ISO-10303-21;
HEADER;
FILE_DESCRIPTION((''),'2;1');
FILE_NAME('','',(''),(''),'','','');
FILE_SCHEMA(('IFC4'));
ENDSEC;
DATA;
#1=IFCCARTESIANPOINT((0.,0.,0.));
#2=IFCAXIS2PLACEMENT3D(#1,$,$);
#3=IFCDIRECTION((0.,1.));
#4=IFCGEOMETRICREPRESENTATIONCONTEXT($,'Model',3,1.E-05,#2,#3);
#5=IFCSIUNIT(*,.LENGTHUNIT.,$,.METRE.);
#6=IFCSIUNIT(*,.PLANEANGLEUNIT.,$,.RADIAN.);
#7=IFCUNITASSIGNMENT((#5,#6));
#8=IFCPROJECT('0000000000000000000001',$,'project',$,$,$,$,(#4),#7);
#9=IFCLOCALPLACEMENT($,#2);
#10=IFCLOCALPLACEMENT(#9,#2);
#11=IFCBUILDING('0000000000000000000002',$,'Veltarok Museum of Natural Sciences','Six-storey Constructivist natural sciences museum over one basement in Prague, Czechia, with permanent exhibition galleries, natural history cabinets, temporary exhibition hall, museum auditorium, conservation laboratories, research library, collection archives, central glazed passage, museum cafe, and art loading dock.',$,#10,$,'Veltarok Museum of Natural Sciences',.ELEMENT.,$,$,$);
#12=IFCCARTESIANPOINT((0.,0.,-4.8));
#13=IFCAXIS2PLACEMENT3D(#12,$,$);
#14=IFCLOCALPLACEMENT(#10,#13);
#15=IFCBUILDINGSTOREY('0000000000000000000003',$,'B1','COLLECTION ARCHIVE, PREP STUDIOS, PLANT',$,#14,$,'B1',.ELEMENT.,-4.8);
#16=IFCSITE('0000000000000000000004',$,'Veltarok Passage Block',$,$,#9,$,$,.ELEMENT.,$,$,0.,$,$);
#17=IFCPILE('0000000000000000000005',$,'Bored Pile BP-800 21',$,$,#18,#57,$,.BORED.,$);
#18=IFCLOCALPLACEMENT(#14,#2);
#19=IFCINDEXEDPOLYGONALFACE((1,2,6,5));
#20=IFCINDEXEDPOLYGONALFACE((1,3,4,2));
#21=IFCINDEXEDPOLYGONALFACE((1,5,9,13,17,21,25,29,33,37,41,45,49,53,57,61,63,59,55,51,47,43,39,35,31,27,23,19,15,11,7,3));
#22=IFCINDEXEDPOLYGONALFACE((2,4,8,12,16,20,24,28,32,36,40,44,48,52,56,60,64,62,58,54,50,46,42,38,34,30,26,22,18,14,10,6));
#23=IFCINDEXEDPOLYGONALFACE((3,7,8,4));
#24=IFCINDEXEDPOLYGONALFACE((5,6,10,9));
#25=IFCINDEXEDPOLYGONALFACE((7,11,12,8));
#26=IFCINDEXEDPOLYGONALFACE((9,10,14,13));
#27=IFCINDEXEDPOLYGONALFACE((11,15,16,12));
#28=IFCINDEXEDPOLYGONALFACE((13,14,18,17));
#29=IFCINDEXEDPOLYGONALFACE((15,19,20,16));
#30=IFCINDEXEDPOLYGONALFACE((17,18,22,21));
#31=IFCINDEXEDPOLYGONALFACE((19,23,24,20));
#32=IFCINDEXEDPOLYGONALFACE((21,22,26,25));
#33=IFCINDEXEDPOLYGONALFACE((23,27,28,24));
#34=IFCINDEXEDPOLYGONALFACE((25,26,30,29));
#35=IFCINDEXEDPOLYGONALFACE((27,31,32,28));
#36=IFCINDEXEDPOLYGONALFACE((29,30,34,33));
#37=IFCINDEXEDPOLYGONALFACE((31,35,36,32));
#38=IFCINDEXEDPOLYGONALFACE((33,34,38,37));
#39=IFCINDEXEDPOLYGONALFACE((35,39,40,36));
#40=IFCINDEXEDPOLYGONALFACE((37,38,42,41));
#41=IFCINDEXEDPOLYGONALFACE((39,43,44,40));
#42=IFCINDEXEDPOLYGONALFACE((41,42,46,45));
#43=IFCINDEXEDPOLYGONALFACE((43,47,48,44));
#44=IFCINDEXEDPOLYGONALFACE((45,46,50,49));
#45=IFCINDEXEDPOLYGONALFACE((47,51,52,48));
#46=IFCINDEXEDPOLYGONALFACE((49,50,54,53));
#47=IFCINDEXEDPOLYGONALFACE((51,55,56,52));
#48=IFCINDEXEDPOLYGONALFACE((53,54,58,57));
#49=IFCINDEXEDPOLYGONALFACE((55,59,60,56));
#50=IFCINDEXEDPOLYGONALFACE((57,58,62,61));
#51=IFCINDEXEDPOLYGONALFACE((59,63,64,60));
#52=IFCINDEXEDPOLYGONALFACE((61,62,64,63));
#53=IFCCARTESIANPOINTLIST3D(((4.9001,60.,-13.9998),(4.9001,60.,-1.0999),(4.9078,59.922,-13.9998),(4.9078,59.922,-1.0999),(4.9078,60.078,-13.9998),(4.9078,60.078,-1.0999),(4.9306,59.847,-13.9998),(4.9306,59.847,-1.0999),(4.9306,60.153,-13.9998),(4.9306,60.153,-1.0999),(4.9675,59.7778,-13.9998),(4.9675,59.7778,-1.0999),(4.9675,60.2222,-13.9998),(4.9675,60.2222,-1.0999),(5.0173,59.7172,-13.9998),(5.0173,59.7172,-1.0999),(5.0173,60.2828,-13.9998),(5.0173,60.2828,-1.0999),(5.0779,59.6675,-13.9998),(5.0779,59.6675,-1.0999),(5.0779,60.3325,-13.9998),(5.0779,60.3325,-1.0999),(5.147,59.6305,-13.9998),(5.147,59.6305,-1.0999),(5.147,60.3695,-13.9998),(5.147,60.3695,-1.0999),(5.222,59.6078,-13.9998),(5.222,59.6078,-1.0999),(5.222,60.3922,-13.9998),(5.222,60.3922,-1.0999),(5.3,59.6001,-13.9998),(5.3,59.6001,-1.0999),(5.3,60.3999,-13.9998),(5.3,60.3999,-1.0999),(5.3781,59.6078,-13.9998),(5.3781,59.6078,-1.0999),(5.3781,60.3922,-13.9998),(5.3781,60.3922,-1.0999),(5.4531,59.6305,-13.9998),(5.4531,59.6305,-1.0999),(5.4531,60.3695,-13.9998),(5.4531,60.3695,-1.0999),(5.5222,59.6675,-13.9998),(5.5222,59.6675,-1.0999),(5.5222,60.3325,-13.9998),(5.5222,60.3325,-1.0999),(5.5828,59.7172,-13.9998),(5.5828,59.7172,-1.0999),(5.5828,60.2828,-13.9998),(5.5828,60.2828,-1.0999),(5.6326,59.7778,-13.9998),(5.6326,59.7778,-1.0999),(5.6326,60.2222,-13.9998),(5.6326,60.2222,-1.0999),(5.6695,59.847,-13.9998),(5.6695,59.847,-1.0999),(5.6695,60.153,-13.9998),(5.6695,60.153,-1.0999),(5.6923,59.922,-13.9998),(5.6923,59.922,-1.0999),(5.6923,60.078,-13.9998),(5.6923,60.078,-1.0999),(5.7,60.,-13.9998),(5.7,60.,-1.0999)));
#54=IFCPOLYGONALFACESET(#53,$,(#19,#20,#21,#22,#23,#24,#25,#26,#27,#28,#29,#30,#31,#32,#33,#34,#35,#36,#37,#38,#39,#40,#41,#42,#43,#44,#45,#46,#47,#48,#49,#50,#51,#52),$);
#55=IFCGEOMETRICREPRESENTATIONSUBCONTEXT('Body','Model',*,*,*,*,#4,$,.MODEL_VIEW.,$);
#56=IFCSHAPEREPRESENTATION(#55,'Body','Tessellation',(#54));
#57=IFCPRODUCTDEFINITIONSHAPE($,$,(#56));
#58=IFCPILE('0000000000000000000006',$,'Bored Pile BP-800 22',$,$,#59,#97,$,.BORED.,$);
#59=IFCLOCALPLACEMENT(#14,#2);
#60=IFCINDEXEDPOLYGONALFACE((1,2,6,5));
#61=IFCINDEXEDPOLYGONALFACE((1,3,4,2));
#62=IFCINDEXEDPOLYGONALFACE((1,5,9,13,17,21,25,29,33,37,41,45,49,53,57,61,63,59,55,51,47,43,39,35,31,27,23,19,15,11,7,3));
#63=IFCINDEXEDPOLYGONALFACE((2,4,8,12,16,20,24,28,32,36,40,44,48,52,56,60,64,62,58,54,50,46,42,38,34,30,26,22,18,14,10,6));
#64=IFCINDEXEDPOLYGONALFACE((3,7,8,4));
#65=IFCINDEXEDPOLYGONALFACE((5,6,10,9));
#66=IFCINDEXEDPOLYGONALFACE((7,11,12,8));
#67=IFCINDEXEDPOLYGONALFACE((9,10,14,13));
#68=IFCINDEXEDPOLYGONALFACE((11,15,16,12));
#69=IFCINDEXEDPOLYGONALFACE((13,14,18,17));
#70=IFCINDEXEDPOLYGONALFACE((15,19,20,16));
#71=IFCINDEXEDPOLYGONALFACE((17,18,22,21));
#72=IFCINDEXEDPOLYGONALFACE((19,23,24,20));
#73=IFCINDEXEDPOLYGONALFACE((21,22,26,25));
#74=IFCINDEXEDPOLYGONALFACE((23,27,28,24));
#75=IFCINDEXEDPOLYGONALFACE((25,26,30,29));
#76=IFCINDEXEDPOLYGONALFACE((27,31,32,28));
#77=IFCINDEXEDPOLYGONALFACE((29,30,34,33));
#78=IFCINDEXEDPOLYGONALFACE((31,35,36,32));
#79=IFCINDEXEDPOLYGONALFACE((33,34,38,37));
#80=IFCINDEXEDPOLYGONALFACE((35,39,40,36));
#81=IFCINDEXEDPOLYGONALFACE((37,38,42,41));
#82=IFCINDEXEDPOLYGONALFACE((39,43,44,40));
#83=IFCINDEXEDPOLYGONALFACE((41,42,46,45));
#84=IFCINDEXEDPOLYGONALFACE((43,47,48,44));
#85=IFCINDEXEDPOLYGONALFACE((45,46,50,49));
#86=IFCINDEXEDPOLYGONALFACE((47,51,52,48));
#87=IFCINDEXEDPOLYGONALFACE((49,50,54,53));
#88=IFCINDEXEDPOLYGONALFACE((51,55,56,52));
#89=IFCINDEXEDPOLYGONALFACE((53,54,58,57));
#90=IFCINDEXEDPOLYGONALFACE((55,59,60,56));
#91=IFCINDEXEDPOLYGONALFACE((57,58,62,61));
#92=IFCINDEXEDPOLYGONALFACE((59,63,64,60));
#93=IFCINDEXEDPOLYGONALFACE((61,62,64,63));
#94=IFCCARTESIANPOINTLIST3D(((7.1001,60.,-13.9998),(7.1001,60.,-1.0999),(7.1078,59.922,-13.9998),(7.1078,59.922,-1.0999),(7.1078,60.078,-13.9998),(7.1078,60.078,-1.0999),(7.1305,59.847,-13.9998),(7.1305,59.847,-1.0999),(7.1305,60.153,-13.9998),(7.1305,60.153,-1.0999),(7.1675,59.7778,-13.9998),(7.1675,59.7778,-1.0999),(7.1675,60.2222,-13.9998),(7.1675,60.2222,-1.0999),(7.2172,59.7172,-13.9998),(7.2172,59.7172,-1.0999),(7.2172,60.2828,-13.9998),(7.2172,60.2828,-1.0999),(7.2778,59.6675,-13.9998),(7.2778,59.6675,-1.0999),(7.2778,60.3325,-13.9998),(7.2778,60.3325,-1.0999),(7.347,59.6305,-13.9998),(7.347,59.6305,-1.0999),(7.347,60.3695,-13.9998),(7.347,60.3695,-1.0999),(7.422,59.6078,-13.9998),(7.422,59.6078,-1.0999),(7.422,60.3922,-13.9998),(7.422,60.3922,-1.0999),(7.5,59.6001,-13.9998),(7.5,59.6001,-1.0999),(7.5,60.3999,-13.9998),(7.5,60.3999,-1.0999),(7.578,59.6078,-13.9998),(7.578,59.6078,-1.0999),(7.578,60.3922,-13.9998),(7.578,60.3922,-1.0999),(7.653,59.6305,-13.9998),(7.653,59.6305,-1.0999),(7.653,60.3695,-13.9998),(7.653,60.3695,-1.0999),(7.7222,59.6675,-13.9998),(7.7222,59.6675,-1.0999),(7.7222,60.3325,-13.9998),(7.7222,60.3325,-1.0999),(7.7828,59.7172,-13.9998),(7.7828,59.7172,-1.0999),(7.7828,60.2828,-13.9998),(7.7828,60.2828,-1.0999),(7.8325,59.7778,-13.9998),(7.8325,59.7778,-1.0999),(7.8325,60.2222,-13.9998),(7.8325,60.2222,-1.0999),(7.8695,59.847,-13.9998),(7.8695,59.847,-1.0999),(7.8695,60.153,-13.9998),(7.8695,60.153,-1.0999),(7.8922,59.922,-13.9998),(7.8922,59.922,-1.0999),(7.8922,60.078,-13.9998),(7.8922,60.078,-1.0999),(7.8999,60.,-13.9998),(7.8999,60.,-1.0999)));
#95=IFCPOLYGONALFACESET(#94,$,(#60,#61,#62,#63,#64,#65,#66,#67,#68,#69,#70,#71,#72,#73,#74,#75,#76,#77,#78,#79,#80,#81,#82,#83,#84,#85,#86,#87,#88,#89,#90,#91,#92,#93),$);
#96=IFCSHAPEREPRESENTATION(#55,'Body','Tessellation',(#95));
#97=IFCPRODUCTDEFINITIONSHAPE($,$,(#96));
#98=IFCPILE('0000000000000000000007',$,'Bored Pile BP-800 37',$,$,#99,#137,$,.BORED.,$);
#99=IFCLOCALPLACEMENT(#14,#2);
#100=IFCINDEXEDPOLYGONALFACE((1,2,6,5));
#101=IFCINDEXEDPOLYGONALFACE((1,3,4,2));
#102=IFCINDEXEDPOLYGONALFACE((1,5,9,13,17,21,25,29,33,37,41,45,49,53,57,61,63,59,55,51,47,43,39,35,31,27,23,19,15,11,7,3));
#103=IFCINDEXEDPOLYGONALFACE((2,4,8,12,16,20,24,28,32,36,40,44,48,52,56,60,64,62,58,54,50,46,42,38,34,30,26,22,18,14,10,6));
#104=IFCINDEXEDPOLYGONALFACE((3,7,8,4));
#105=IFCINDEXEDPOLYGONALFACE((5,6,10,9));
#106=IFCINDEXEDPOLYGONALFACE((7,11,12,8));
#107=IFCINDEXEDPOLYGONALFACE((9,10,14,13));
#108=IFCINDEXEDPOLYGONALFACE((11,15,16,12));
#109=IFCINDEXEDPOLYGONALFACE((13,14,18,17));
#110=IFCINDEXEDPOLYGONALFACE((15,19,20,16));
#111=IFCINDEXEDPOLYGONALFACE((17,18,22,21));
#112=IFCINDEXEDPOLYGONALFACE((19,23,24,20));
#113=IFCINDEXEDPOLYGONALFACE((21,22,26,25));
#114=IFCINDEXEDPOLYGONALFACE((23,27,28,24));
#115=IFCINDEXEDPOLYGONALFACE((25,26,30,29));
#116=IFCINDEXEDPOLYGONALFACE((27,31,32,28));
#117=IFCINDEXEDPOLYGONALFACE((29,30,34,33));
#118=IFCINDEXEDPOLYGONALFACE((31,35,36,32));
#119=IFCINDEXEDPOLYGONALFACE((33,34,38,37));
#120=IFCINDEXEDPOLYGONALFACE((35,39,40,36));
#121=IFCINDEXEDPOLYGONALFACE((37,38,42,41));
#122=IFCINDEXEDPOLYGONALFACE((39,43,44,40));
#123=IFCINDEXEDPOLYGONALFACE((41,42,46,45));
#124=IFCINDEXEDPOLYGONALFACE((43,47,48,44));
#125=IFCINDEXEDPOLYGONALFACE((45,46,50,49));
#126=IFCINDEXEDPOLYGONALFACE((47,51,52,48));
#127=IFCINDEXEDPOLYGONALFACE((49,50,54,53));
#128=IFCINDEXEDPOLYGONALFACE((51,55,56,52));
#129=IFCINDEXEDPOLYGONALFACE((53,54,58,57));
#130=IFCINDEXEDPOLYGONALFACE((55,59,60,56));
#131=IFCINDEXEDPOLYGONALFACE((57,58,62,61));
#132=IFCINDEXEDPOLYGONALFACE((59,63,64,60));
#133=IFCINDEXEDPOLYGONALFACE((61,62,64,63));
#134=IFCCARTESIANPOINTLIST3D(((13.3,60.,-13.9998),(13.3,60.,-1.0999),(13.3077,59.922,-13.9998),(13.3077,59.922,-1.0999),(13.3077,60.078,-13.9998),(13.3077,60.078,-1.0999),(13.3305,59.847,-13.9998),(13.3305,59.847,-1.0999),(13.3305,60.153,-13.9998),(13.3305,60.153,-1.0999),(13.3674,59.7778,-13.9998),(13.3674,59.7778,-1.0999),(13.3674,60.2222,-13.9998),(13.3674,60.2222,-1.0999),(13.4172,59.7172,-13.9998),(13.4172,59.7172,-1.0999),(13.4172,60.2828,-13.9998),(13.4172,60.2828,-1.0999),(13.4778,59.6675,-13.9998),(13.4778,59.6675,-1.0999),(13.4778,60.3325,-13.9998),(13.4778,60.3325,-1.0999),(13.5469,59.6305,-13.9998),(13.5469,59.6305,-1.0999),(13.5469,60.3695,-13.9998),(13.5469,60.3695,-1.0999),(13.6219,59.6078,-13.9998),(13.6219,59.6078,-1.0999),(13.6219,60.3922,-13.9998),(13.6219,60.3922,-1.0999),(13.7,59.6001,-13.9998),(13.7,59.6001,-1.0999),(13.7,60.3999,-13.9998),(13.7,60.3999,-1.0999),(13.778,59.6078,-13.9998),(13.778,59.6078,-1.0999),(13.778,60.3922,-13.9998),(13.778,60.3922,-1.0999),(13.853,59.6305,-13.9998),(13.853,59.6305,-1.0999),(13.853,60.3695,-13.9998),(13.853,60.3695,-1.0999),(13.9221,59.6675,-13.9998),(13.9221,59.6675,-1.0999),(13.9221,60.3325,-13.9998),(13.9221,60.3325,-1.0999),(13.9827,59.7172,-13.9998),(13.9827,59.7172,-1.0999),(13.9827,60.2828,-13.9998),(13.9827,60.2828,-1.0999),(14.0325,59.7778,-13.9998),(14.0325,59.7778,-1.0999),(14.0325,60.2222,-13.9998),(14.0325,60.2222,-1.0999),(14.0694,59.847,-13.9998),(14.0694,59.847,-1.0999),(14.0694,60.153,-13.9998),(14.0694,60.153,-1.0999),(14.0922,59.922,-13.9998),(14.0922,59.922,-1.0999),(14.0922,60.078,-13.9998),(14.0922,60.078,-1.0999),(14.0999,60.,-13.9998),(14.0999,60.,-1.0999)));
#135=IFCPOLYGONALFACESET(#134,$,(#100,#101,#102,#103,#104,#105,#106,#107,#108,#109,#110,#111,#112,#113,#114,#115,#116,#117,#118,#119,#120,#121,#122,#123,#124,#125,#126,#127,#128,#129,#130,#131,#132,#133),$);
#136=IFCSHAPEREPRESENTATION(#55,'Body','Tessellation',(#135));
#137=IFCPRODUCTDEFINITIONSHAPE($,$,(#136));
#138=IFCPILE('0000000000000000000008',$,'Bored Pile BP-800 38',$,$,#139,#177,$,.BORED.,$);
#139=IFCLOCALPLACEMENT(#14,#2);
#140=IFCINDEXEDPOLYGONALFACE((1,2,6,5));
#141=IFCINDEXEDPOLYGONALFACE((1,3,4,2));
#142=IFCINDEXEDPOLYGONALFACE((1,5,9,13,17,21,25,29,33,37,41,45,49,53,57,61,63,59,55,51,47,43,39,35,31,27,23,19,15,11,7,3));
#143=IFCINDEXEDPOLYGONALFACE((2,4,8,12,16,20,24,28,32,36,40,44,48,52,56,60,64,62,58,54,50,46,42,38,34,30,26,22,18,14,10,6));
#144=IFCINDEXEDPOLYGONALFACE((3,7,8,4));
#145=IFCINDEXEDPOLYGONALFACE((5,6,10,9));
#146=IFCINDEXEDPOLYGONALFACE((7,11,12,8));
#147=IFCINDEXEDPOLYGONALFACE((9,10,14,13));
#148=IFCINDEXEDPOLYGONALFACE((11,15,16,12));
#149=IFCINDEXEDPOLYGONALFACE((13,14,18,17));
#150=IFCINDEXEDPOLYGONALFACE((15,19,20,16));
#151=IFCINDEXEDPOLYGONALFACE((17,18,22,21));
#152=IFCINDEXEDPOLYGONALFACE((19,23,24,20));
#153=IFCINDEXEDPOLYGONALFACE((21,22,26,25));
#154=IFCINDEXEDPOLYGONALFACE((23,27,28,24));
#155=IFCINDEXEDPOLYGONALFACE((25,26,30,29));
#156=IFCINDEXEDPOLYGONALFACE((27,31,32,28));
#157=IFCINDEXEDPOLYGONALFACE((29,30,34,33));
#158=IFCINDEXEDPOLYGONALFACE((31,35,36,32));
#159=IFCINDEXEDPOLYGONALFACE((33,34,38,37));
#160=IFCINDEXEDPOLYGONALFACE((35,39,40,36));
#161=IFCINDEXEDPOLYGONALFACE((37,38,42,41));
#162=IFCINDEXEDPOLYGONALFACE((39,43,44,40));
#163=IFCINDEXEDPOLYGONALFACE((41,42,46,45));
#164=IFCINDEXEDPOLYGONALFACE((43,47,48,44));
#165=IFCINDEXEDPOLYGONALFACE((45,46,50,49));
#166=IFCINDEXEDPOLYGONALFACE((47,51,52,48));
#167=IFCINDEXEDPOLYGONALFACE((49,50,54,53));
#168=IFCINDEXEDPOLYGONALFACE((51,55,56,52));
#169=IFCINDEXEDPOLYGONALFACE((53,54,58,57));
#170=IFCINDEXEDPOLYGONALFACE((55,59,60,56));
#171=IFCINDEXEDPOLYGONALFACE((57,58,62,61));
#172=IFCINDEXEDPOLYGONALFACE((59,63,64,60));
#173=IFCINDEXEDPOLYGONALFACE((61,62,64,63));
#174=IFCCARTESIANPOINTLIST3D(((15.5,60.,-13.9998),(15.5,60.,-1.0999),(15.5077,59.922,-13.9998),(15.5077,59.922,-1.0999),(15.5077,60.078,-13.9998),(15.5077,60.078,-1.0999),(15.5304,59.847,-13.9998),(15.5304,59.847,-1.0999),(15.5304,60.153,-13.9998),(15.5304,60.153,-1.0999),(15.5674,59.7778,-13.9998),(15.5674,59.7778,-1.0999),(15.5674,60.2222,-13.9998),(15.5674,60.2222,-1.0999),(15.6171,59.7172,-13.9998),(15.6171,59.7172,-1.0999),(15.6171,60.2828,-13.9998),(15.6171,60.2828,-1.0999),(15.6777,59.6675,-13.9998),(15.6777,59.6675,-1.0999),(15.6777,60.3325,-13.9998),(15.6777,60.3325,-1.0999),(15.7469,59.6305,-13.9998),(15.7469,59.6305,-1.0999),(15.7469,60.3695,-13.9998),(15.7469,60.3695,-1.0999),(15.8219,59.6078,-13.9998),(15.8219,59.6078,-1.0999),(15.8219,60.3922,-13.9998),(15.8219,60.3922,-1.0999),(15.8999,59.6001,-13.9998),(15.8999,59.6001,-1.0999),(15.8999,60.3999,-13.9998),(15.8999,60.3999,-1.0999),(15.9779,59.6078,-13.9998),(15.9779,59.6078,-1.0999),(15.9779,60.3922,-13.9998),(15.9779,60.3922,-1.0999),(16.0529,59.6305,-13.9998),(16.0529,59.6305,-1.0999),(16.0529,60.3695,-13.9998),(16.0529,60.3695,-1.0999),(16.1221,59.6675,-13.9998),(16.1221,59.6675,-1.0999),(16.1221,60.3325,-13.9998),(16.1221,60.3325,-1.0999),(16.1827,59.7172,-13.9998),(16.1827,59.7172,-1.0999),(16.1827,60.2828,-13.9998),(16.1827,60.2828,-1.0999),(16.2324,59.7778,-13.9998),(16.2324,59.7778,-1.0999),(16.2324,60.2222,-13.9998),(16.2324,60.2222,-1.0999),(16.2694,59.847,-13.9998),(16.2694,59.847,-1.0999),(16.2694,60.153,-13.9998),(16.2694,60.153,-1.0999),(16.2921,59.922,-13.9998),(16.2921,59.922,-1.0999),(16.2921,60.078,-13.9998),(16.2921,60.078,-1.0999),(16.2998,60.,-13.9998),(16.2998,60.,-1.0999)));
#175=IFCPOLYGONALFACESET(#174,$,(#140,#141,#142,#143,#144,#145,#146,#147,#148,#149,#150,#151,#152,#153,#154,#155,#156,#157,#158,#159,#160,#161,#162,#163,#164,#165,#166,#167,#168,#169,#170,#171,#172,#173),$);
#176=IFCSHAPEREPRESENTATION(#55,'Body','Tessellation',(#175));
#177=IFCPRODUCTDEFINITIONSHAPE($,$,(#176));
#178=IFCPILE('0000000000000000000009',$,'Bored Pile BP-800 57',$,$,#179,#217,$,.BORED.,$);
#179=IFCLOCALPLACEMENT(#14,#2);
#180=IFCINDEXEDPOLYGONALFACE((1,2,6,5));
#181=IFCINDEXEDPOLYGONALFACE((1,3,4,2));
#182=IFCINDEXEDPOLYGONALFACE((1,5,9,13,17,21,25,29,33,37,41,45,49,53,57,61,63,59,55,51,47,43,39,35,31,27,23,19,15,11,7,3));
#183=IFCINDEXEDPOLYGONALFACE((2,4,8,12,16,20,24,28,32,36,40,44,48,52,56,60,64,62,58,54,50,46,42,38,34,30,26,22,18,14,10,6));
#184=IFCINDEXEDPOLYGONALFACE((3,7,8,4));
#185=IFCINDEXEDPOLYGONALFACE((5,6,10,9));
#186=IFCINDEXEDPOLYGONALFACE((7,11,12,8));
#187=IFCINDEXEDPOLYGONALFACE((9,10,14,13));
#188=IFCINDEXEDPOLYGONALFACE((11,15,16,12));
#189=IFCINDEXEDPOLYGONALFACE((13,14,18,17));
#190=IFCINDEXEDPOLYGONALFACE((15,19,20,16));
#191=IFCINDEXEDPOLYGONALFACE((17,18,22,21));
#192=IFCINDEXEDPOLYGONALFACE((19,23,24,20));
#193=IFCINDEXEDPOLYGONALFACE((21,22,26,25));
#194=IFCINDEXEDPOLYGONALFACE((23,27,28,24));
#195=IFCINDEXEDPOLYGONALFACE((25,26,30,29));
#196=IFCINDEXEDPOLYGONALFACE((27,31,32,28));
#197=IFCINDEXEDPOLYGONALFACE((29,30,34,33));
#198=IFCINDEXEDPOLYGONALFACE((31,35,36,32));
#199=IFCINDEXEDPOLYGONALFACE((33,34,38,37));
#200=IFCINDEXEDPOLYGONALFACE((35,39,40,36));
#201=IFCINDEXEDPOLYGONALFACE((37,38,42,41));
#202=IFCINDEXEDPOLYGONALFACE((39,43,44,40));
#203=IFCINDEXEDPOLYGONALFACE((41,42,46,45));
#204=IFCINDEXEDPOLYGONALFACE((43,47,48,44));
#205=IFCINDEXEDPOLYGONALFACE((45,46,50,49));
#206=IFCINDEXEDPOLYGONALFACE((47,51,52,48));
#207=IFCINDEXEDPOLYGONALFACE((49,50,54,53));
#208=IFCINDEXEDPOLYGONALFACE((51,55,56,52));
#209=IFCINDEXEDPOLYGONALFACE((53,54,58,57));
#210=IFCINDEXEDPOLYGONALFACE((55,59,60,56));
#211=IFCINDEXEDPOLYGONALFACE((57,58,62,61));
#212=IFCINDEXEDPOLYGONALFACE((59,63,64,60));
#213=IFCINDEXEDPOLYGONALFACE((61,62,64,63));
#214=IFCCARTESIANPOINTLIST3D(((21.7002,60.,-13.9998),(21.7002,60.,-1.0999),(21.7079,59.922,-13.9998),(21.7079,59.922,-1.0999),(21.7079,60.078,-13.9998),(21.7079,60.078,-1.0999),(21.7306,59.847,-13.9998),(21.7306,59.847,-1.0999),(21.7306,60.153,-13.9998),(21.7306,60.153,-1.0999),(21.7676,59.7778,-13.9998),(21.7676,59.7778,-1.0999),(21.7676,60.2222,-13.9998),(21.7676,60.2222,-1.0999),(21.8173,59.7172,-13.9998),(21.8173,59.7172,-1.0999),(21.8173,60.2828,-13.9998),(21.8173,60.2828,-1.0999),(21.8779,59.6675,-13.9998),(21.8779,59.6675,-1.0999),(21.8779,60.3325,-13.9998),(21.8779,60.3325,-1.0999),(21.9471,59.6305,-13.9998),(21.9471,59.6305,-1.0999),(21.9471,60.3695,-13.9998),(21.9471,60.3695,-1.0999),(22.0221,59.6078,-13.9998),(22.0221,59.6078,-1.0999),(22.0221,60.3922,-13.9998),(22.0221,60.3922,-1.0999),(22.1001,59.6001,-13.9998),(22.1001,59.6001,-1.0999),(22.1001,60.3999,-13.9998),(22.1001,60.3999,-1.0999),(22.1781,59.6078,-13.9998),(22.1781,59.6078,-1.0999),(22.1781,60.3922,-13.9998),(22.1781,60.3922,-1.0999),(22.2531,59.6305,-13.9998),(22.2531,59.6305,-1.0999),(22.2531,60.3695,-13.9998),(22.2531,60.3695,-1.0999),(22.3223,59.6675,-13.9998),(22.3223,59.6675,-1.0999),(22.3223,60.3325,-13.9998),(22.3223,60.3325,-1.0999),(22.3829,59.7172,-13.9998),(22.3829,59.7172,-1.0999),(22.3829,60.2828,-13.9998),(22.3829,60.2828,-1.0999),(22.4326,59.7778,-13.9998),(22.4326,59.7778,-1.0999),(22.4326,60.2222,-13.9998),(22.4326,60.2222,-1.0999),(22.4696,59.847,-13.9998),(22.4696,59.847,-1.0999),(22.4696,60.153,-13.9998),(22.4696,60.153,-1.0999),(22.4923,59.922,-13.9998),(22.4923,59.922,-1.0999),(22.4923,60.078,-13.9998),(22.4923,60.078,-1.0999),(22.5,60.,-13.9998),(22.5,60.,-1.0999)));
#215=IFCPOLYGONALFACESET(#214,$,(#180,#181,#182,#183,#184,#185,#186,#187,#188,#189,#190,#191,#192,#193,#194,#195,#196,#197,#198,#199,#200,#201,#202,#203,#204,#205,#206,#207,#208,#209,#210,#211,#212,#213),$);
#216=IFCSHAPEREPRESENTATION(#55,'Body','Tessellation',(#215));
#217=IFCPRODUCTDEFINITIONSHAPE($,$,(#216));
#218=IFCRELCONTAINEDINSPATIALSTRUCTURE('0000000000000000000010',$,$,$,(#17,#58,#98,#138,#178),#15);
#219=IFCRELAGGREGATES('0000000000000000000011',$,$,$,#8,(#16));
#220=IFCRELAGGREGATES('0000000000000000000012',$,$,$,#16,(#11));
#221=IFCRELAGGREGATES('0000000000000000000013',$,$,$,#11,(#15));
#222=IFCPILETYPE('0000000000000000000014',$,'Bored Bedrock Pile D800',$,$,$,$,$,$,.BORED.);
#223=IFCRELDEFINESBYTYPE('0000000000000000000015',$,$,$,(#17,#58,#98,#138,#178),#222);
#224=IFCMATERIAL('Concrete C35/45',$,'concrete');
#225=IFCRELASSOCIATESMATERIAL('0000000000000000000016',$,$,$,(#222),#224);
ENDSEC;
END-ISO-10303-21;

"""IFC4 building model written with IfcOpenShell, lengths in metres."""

from ifc_helpers import new_model, si_unit, direction, frame, origin, origin_2d, place, context, subcontext, project, spatial, circle, extrude, material, material_profile, profile_set, type_object, element, save


model = new_model("IFC4")

# Units and contexts
model_context = context("Model", 3, precision=1e-05, world=origin(), true_north=direction((0.0, 1.0)))
body_context = subcontext(model_context, "Body", "Model", "MODEL_VIEW")
ifc_project = project(units=[si_unit("LENGTHUNIT", "METRE"), si_unit("PLANEANGLEUNIT", "RADIAN")], contexts=[model_context])

# Site, building, storey
site_placement = place(None, origin())
site = spatial("IfcSite", under=ifc_project, at=site_placement, Name="Veltarok Passage Block", CompositionType="ELEMENT", RefElevation=0.0)
building_placement = place(site_placement, origin())
building = spatial("IfcBuilding", under=site, at=building_placement, Name="Veltarok Museum of Natural Sciences", Description="Six-storey Constructivist natural sciences museum over one basement in Prague, Czechia, with permanent exhibition galleries, natural history cabinets, temporary exhibition hall, museum auditorium, conservation laboratories, research library, collection archives, central glazed passage, museum cafe, and art loading dock.", LongName="Veltarok Museum of Natural Sciences", CompositionType="ELEMENT")
storey_placement = place(building_placement, frame((0.0, 0.0, -4.8)))
storey = spatial("IfcBuildingStorey", under=building, at=storey_placement, Name="B1", Description="COLLECTION ARCHIVE, PREP STUDIOS, PLANT", LongName="B1", CompositionType="ELEMENT", Elevation=-4.8)

# Piles
ifc_material_1 = material(Name="Concrete C35/45", Category="concrete")
ifc_material_profile_1 = material_profile(ifc_material_1, circle(Radius=0.3999, at=origin_2d()), Name="BP D800")
ifc_profile_set_1 = profile_set([ifc_material_profile_1], Name="Concrete C35/45")
pile_type = type_object("IfcPileType", Name="Bored Bedrock Pile D800", PredefinedType="BORED", material=ifc_profile_set_1)
for number, where, z_axis, x_axis, name in (
    (1, (5.3, 60.0, -1.0999), (0.0, 0.0, -1.0), (1.0, 0.0, 0.0), "Bored Pile BP-800 21"),
    (2, (7.5, 60.0, -1.0999), (0.0, 0.0, -1.0), (1.0, 0.0, 0.0), "Bored Pile BP-800 22"),
    (3, (13.7, 60.0, -1.0999), (0.0, 0.0, -1.0), (1.0, 0.0, 0.0), "Bored Pile BP-800 37"),
    (4, (15.8999, 60.0, -1.0999), (0.0, 0.0, -1.0), (1.0, 0.0, 0.0), "Bored Pile BP-800 38"),
    (5, (22.1001, 60.0, -1.0999), (0.0, 0.0, -1.0), (1.0, 0.0, 0.0), "Bored Pile BP-800 57"),
):
    element("IfcPile", number, at=place(storey_placement, frame(where, z_axis=z_axis, x_axis=x_axis)), inside=storey, type_object=pile_type, Name=name, PredefinedType="BORED", context=body_context, shape_type="SweptSolid", body=[
        extrude(circle(Radius=0.3999, at=origin_2d()), origin(), (0.0, 0.0, 1.0), 12.8999),
    ])

save(model, "model.ifc")
